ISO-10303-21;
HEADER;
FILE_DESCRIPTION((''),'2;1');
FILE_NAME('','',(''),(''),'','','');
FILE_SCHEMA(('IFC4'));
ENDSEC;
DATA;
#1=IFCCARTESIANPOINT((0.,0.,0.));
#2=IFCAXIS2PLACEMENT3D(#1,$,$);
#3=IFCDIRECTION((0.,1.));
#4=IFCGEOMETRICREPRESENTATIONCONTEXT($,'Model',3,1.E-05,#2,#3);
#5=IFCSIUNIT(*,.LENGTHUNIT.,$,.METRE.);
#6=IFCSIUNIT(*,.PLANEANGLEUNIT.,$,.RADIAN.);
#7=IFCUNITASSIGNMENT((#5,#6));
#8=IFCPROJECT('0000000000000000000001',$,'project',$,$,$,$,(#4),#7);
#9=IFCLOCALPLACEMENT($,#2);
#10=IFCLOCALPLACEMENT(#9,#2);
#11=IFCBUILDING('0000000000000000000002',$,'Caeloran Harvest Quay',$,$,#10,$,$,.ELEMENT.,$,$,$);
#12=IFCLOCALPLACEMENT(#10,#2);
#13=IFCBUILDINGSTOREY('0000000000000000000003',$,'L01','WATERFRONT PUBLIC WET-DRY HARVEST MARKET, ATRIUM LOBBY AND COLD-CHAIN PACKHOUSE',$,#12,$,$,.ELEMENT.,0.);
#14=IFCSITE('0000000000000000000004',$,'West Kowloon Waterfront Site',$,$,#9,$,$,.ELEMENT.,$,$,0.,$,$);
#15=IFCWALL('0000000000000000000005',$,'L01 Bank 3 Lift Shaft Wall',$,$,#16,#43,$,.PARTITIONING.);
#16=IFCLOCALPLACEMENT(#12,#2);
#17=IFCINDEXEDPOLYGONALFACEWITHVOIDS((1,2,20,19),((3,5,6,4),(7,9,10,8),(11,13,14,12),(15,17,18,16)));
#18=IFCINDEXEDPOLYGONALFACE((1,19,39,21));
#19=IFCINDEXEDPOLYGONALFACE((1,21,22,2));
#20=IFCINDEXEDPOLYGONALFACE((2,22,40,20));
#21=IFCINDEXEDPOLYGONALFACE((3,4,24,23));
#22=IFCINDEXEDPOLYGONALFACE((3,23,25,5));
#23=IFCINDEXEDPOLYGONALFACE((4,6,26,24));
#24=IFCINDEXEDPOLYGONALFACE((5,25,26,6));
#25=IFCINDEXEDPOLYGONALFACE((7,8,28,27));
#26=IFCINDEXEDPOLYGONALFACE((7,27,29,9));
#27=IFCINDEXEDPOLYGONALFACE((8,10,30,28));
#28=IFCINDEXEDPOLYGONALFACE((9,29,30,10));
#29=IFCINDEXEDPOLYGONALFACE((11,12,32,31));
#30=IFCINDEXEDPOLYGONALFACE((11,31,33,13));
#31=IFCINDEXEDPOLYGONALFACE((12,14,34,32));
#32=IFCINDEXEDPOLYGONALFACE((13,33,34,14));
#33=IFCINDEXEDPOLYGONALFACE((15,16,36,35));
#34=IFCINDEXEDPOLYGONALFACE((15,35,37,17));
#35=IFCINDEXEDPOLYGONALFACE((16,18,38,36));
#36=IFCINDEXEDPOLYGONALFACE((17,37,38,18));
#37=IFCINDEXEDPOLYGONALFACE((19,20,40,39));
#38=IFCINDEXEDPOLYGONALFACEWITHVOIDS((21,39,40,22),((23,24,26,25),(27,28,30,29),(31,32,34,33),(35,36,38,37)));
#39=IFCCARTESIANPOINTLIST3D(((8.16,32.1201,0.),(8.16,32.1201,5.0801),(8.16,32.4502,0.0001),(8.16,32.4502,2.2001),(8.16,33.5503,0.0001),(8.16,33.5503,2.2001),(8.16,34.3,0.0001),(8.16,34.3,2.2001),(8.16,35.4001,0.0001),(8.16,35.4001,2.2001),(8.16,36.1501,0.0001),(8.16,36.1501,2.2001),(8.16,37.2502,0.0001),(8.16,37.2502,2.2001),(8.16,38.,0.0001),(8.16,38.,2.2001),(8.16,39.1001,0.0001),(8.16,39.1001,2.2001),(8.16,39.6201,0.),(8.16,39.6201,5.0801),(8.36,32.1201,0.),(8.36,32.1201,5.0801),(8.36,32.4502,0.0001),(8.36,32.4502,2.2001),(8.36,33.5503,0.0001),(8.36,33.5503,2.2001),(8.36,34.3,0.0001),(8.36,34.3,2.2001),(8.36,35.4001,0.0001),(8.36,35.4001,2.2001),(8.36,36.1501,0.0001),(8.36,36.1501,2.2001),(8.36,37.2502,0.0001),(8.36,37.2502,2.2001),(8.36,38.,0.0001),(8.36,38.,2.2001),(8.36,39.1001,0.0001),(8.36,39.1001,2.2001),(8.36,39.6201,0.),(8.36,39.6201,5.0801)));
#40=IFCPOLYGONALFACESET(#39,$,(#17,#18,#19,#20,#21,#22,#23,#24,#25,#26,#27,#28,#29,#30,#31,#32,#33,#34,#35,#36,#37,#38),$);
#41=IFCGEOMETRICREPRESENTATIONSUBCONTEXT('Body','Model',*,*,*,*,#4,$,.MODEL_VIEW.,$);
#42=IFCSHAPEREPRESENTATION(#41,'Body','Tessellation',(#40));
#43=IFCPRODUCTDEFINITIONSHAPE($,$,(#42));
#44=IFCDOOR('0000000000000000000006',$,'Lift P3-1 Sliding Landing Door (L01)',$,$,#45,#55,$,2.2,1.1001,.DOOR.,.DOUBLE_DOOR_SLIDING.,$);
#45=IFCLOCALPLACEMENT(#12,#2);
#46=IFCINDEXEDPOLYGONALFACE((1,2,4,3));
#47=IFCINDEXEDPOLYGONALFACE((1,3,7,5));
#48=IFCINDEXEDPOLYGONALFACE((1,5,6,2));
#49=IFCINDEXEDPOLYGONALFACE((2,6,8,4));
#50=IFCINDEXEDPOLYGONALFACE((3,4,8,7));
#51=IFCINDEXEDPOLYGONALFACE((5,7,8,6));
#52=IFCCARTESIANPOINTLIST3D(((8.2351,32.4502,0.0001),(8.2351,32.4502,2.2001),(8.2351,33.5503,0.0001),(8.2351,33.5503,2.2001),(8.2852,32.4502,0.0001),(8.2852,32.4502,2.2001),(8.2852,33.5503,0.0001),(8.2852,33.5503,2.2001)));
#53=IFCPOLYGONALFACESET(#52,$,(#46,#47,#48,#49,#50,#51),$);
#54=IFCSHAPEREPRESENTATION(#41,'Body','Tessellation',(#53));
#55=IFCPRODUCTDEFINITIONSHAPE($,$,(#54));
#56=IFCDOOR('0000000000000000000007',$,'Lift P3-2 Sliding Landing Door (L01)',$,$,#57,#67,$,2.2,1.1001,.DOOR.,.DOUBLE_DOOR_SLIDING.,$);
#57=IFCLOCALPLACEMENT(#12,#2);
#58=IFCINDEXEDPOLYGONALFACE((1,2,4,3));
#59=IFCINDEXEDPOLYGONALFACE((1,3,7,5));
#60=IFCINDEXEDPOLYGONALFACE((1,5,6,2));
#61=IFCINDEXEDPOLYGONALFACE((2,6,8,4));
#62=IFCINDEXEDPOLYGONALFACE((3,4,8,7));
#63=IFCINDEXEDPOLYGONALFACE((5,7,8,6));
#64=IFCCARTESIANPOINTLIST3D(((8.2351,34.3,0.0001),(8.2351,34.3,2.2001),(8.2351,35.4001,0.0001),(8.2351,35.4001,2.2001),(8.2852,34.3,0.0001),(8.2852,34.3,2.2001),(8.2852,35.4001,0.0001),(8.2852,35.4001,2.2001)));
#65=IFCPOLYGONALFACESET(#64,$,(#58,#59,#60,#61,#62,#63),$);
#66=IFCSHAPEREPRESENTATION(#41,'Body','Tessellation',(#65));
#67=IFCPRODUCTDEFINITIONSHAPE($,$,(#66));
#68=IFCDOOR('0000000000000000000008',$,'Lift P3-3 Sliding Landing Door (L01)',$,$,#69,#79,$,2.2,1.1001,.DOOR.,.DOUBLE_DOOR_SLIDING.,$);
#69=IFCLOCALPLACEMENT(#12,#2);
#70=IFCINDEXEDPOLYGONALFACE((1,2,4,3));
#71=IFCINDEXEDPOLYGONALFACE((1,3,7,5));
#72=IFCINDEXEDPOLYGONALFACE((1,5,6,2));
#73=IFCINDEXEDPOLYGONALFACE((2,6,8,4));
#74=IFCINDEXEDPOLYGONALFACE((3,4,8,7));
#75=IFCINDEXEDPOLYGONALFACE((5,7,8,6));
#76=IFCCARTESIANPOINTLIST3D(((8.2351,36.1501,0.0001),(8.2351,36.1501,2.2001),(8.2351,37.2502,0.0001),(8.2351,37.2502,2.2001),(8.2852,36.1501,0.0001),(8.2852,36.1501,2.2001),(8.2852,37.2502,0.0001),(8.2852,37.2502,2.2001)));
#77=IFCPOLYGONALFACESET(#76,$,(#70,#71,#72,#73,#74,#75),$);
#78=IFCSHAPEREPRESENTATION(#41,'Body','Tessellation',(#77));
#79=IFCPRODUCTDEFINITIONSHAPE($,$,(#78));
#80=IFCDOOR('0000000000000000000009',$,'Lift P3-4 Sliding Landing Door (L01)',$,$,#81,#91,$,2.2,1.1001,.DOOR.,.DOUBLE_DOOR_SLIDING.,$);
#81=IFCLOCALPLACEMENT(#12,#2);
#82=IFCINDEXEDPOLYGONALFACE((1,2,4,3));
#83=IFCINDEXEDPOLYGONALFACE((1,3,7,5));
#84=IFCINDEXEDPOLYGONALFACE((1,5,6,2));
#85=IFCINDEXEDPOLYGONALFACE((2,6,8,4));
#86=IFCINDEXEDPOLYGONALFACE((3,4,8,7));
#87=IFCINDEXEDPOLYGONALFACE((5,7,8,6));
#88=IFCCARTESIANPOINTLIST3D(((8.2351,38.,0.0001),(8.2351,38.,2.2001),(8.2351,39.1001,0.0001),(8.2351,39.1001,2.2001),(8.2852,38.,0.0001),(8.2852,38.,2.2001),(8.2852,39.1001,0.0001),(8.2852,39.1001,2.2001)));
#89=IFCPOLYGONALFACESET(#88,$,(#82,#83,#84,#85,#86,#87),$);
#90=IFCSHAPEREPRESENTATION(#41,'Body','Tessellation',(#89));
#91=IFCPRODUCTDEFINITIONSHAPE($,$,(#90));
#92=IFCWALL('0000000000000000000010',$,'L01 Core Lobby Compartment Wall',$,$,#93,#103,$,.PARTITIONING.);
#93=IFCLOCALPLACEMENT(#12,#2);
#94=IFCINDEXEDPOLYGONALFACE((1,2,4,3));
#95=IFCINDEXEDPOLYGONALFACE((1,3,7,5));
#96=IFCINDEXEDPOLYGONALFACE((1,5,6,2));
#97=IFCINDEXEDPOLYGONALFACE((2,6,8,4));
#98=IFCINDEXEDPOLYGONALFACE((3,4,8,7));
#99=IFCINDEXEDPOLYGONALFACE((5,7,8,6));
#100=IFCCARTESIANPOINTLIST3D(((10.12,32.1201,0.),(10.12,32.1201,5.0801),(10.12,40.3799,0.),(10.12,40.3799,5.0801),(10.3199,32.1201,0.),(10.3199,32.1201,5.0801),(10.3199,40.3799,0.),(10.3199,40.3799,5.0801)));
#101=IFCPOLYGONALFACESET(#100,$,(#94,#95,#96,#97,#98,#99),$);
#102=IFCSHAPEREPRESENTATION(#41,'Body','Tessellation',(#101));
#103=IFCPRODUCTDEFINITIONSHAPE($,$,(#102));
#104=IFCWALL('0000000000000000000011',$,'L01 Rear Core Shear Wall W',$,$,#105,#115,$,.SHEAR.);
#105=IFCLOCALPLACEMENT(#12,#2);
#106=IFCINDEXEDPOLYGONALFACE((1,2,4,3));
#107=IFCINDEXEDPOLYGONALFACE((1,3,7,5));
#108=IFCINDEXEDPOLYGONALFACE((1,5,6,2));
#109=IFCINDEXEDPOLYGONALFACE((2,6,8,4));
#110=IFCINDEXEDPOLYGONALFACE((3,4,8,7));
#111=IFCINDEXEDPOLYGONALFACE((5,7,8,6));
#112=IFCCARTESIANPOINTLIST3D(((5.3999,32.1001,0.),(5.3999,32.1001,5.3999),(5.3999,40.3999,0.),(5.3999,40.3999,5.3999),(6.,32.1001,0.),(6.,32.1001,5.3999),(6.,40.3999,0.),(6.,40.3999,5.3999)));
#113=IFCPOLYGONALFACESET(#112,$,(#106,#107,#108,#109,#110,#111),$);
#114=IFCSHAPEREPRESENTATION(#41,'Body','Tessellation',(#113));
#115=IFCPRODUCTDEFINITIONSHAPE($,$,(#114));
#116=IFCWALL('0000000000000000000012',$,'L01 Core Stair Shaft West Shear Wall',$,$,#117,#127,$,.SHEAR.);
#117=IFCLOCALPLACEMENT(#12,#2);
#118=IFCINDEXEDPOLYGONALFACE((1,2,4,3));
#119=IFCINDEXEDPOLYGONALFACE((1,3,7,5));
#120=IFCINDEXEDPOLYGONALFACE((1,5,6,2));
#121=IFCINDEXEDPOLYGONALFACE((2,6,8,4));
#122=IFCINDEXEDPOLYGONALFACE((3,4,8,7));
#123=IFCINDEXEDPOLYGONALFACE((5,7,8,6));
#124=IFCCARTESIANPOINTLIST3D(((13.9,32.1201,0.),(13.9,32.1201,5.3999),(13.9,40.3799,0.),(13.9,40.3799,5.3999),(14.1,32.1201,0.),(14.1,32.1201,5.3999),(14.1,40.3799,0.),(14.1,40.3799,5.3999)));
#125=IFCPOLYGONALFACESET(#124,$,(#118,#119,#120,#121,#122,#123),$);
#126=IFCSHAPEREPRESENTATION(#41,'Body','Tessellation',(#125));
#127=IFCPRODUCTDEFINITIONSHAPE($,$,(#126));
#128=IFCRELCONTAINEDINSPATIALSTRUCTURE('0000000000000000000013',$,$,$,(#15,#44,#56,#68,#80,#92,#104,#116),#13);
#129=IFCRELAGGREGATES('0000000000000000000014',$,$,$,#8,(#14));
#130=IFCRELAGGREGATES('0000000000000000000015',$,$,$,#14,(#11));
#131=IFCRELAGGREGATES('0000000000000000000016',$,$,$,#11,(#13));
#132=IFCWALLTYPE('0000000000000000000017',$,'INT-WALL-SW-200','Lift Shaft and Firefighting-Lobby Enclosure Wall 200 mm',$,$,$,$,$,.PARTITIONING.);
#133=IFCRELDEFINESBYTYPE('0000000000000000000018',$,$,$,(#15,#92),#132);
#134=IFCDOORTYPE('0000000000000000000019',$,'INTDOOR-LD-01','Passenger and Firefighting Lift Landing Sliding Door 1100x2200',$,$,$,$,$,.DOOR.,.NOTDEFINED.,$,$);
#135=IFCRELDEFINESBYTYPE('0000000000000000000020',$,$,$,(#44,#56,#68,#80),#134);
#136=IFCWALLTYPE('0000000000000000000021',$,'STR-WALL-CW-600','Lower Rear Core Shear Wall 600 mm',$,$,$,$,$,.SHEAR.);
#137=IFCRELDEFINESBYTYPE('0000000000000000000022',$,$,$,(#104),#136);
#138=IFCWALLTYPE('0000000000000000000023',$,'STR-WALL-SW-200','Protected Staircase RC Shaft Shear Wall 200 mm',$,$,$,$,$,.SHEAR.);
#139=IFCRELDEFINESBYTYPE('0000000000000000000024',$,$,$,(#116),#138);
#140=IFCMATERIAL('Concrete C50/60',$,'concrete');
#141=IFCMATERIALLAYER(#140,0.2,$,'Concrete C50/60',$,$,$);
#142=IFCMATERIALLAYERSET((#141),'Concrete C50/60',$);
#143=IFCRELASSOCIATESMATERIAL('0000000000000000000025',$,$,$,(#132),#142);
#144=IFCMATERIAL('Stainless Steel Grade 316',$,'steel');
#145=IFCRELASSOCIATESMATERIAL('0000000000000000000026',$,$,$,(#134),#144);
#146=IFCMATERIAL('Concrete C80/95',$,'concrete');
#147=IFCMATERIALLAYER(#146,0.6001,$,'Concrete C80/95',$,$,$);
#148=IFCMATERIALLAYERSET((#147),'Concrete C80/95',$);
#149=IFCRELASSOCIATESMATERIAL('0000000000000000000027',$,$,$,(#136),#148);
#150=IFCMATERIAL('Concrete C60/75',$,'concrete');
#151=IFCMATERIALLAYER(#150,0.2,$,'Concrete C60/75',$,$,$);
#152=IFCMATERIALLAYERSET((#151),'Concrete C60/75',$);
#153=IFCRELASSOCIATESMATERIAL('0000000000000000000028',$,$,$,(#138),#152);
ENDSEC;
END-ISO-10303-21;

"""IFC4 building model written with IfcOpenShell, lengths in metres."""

from ifc_helpers import new_model, si_unit, direction, frame, frame_2d, origin, place, context, subcontext, project, spatial, rectangle, extrude, material, layer, layer_set, type_object, element, fill, save


model = new_model("IFC4")

# Units and contexts
model_context = context("Model", 3, precision=1e-05, world=origin(), true_north=direction((0.0, 1.0)))
body_context = subcontext(model_context, "Body", "Model", "MODEL_VIEW")
ifc_project = project(units=[si_unit("LENGTHUNIT", "METRE"), si_unit("PLANEANGLEUNIT", "RADIAN")], contexts=[model_context])

# Site, building, storey
site_placement = place(None, origin())
site = spatial("IfcSite", under=ifc_project, at=site_placement, Name="West Kowloon Waterfront Site", CompositionType="ELEMENT", RefElevation=0.0)
building_placement = place(site_placement, origin())
building = spatial("IfcBuilding", under=site, at=building_placement, Name="Caeloran Harvest Quay", CompositionType="ELEMENT")
storey_placement = place(building_placement, origin())
storey = spatial("IfcBuildingStorey", under=building, at=storey_placement, Name="L01", Description="WATERFRONT PUBLIC WET-DRY HARVEST MARKET, ATRIUM LOBBY AND COLD-CHAIN PACKHOUSE", CompositionType="ELEMENT", Elevation=0.0)

# Shared definitions
ifc_material_1 = material(Name="Concrete C80/95", Category="concrete")

# Wall, openings, doors
ifc_material_2 = material(Name="Concrete C50/60", Category="concrete")
ifc_layer_1 = layer(ifc_material_2, 0.2, Name="Concrete C50/60")
ifc_layer_set_1 = layer_set([ifc_layer_1], Name="Concrete C50/60")
wall_type_1 = type_object("IfcWallType", Name="INT-WALL-SW-200", Description="Lift Shaft and Firefighting-Lobby Enclosure Wall 200 mm", PredefinedType="PARTITIONING", material=ifc_layer_set_1)
wall_1_placement = place(storey_placement, frame((8.26, 32.1201, 0.0), z_axis=(0.0, 0.0, 1.0), x_axis=(0.0, 1.0, 0.0)))
wall_1 = element("IfcWall", 1, at=wall_1_placement, inside=storey, type_object=wall_type_1, Name="L01 Bank 3 Lift Shaft Wall", PredefinedType="PARTITIONING", context=body_context, shape_type="SweptSolid", body=[
    extrude(rectangle(XDim=7.5, YDim=0.2, at=frame_2d((3.75, 0.0))), origin(), (0.0, 0.0, 1.0), 5.0801),
])
opening_1_placement = place(wall_1_placement, frame((0.3301, 0.0, 0.0)))
opening_1 = element("IfcOpeningElement", 2, at=opening_1_placement, cuts=wall_1, PredefinedType="OPENING", context=body_context, shape_type="SweptSolid", body=[
    extrude(rectangle(XDim=1.1001, YDim=2.2, at=frame_2d((0.55, 1.1001))), frame((0.0, 0.1099, 0.0), z_axis=(0.0, -1.0, 0.0), x_axis=(1.0, 0.0, 0.0)), (0.0, 0.0, 1.0), 0.22),
])
opening_2_placement = place(wall_1_placement, frame((2.1799, 0.0, 0.0)))
opening_2 = element("IfcOpeningElement", 3, at=opening_2_placement, cuts=wall_1, PredefinedType="OPENING", context=body_context, shape_type="SweptSolid", body=[
    extrude(rectangle(XDim=1.1001, YDim=2.2, at=frame_2d((0.55, 1.1001))), frame((0.0, 0.1099, 0.0), z_axis=(0.0, -1.0, 0.0), x_axis=(1.0, 0.0, 0.0)), (0.0, 0.0, 1.0), 0.22),
])
opening_3_placement = place(wall_1_placement, frame((4.03, 0.0, 0.0)))
opening_3 = element("IfcOpeningElement", 4, at=opening_3_placement, cuts=wall_1, PredefinedType="OPENING", context=body_context, shape_type="SweptSolid", body=[
    extrude(rectangle(XDim=1.1001, YDim=2.2, at=frame_2d((0.55, 1.1001))), frame((0.0, 0.1099, 0.0), z_axis=(0.0, -1.0, 0.0), x_axis=(1.0, 0.0, 0.0)), (0.0, 0.0, 1.0), 0.22),
])
opening_4_placement = place(wall_1_placement, frame((5.8799, 0.0, 0.0)))
opening_4 = element("IfcOpeningElement", 5, at=opening_4_placement, cuts=wall_1, PredefinedType="OPENING", context=body_context, shape_type="SweptSolid", body=[
    extrude(rectangle(XDim=1.1001, YDim=2.2, at=frame_2d((0.55, 1.1001))), frame((0.0, 0.1099, 0.0), z_axis=(0.0, -1.0, 0.0), x_axis=(1.0, 0.0, 0.0)), (0.0, 0.0, 1.0), 0.22),
])
ifc_material_3 = material(Name="Stainless Steel Grade 316", Category="steel")
door_type_1 = type_object("IfcDoorType", Name="INTDOOR-LD-01", Description="Passenger and Firefighting Lift Landing Sliding Door 1100x2200", OperationType="NOTDEFINED", PredefinedType="DOOR", material=ifc_material_3)
door_1_placement = place(opening_1_placement, origin())
door_1 = element("IfcDoor", 6, at=door_1_placement, inside=storey, type_object=door_type_1, Name="Lift P3-1 Sliding Landing Door (L01)", OperationType="DOUBLE_DOOR_SLIDING", OverallHeight=2.2, OverallWidth=1.1001, PredefinedType="DOOR", context=body_context, shape_type="SweptSolid", body=[
    extrude(rectangle(XDim=1.1001, YDim=2.2, at=frame_2d((0.55, 1.1001))), frame((0.0, 0.0249, 0.0), z_axis=(0.0, -1.0, 0.0), x_axis=(1.0, 0.0, 0.0)), (0.0, 0.0, 1.0), 0.05),
])
fill(opening_1, door_1)
door_2_placement = place(opening_2_placement, origin())
door_2 = element("IfcDoor", 7, at=door_2_placement, inside=storey, type_object=door_type_1, Name="Lift P3-2 Sliding Landing Door (L01)", OperationType="DOUBLE_DOOR_SLIDING", OverallHeight=2.2, OverallWidth=1.1001, PredefinedType="DOOR", context=body_context, shape_type="SweptSolid", body=[
    extrude(rectangle(XDim=1.1001, YDim=2.2, at=frame_2d((0.55, 1.1001))), frame((0.0, 0.0249, 0.0), z_axis=(0.0, -1.0, 0.0), x_axis=(1.0, 0.0, 0.0)), (0.0, 0.0, 1.0), 0.05),
])
fill(opening_2, door_2)
door_3_placement = place(opening_3_placement, origin())
door_3 = element("IfcDoor", 8, at=door_3_placement, inside=storey, type_object=door_type_1, Name="Lift P3-3 Sliding Landing Door (L01)", OperationType="DOUBLE_DOOR_SLIDING", OverallHeight=2.2, OverallWidth=1.1001, PredefinedType="DOOR", context=body_context, shape_type="SweptSolid", body=[
    extrude(rectangle(XDim=1.1001, YDim=2.2, at=frame_2d((0.55, 1.1001))), frame((0.0, 0.0249, 0.0), z_axis=(0.0, -1.0, 0.0), x_axis=(1.0, 0.0, 0.0)), (0.0, 0.0, 1.0), 0.05),
])
fill(opening_3, door_3)
door_4_placement = place(opening_4_placement, origin())
door_4 = element("IfcDoor", 9, at=door_4_placement, inside=storey, type_object=door_type_1, Name="Lift P3-4 Sliding Landing Door (L01)", OperationType="DOUBLE_DOOR_SLIDING", OverallHeight=2.2, OverallWidth=1.1001, PredefinedType="DOOR", context=body_context, shape_type="SweptSolid", body=[
    extrude(rectangle(XDim=1.1001, YDim=2.2, at=frame_2d((0.55, 1.1001))), frame((0.0, 0.0249, 0.0), z_axis=(0.0, -1.0, 0.0), x_axis=(1.0, 0.0, 0.0)), (0.0, 0.0, 1.0), 0.05),
])
fill(opening_4, door_4)

# Walls
wall_2_placement = place(storey_placement, frame((10.22, 32.1201, 0.0), z_axis=(0.0, 0.0, 1.0), x_axis=(0.0, 1.0, 0.0)))
element("IfcWall", 10, at=wall_2_placement, inside=storey, type_object=wall_type_1, Name="L01 Core Lobby Compartment Wall", PredefinedType="PARTITIONING", context=body_context, shape_type="SweptSolid", body=[
    extrude(rectangle(XDim=8.2598, YDim=0.2, at=frame_2d((4.1299, 0.0))), origin(), (0.0, 0.0, 1.0), 5.0801),
])
ifc_layer_2 = layer(ifc_material_1, 0.6001, Name="Concrete C80/95")
ifc_layer_set_2 = layer_set([ifc_layer_2], Name="Concrete C80/95")
wall_type_2 = type_object("IfcWallType", Name="STR-WALL-CW-600", Description="Lower Rear Core Shear Wall 600 mm", PredefinedType="SHEAR", material=ifc_layer_set_2)
wall_3_placement = place(storey_placement, frame((5.7, 32.1001, 0.0), z_axis=(0.0, 0.0, 1.0), x_axis=(0.0, 1.0, 0.0)))
element("IfcWall", 11, at=wall_3_placement, inside=storey, type_object=wall_type_2, Name="L01 Rear Core Shear Wall W", PredefinedType="SHEAR", context=body_context, shape_type="SweptSolid", body=[
    extrude(rectangle(XDim=8.2998, YDim=0.6001, at=frame_2d((4.1499, 0.0))), origin(), (0.0, 0.0, 1.0), 5.3999),
])
ifc_material_4 = material(Name="Concrete C60/75", Category="concrete")
ifc_layer_3 = layer(ifc_material_4, 0.2, Name="Concrete C60/75")
ifc_layer_set_3 = layer_set([ifc_layer_3], Name="Concrete C60/75")
wall_type_3 = type_object("IfcWallType", Name="STR-WALL-SW-200", Description="Protected Staircase RC Shaft Shear Wall 200 mm", PredefinedType="SHEAR", material=ifc_layer_set_3)
wall_4_placement = place(storey_placement, frame((14.0, 32.1201, 0.0), z_axis=(0.0, 0.0, 1.0), x_axis=(0.0, 1.0, 0.0)))
element("IfcWall", 12, at=wall_4_placement, inside=storey, type_object=wall_type_3, Name="L01 Core Stair Shaft West Shear Wall", PredefinedType="SHEAR", context=body_context, shape_type="SweptSolid", body=[
    extrude(rectangle(XDim=8.2598, YDim=0.2, at=frame_2d((4.1299, 0.0))), origin(), (0.0, 0.0, 1.0), 5.3999),
])

save(model, "model.ifc")
